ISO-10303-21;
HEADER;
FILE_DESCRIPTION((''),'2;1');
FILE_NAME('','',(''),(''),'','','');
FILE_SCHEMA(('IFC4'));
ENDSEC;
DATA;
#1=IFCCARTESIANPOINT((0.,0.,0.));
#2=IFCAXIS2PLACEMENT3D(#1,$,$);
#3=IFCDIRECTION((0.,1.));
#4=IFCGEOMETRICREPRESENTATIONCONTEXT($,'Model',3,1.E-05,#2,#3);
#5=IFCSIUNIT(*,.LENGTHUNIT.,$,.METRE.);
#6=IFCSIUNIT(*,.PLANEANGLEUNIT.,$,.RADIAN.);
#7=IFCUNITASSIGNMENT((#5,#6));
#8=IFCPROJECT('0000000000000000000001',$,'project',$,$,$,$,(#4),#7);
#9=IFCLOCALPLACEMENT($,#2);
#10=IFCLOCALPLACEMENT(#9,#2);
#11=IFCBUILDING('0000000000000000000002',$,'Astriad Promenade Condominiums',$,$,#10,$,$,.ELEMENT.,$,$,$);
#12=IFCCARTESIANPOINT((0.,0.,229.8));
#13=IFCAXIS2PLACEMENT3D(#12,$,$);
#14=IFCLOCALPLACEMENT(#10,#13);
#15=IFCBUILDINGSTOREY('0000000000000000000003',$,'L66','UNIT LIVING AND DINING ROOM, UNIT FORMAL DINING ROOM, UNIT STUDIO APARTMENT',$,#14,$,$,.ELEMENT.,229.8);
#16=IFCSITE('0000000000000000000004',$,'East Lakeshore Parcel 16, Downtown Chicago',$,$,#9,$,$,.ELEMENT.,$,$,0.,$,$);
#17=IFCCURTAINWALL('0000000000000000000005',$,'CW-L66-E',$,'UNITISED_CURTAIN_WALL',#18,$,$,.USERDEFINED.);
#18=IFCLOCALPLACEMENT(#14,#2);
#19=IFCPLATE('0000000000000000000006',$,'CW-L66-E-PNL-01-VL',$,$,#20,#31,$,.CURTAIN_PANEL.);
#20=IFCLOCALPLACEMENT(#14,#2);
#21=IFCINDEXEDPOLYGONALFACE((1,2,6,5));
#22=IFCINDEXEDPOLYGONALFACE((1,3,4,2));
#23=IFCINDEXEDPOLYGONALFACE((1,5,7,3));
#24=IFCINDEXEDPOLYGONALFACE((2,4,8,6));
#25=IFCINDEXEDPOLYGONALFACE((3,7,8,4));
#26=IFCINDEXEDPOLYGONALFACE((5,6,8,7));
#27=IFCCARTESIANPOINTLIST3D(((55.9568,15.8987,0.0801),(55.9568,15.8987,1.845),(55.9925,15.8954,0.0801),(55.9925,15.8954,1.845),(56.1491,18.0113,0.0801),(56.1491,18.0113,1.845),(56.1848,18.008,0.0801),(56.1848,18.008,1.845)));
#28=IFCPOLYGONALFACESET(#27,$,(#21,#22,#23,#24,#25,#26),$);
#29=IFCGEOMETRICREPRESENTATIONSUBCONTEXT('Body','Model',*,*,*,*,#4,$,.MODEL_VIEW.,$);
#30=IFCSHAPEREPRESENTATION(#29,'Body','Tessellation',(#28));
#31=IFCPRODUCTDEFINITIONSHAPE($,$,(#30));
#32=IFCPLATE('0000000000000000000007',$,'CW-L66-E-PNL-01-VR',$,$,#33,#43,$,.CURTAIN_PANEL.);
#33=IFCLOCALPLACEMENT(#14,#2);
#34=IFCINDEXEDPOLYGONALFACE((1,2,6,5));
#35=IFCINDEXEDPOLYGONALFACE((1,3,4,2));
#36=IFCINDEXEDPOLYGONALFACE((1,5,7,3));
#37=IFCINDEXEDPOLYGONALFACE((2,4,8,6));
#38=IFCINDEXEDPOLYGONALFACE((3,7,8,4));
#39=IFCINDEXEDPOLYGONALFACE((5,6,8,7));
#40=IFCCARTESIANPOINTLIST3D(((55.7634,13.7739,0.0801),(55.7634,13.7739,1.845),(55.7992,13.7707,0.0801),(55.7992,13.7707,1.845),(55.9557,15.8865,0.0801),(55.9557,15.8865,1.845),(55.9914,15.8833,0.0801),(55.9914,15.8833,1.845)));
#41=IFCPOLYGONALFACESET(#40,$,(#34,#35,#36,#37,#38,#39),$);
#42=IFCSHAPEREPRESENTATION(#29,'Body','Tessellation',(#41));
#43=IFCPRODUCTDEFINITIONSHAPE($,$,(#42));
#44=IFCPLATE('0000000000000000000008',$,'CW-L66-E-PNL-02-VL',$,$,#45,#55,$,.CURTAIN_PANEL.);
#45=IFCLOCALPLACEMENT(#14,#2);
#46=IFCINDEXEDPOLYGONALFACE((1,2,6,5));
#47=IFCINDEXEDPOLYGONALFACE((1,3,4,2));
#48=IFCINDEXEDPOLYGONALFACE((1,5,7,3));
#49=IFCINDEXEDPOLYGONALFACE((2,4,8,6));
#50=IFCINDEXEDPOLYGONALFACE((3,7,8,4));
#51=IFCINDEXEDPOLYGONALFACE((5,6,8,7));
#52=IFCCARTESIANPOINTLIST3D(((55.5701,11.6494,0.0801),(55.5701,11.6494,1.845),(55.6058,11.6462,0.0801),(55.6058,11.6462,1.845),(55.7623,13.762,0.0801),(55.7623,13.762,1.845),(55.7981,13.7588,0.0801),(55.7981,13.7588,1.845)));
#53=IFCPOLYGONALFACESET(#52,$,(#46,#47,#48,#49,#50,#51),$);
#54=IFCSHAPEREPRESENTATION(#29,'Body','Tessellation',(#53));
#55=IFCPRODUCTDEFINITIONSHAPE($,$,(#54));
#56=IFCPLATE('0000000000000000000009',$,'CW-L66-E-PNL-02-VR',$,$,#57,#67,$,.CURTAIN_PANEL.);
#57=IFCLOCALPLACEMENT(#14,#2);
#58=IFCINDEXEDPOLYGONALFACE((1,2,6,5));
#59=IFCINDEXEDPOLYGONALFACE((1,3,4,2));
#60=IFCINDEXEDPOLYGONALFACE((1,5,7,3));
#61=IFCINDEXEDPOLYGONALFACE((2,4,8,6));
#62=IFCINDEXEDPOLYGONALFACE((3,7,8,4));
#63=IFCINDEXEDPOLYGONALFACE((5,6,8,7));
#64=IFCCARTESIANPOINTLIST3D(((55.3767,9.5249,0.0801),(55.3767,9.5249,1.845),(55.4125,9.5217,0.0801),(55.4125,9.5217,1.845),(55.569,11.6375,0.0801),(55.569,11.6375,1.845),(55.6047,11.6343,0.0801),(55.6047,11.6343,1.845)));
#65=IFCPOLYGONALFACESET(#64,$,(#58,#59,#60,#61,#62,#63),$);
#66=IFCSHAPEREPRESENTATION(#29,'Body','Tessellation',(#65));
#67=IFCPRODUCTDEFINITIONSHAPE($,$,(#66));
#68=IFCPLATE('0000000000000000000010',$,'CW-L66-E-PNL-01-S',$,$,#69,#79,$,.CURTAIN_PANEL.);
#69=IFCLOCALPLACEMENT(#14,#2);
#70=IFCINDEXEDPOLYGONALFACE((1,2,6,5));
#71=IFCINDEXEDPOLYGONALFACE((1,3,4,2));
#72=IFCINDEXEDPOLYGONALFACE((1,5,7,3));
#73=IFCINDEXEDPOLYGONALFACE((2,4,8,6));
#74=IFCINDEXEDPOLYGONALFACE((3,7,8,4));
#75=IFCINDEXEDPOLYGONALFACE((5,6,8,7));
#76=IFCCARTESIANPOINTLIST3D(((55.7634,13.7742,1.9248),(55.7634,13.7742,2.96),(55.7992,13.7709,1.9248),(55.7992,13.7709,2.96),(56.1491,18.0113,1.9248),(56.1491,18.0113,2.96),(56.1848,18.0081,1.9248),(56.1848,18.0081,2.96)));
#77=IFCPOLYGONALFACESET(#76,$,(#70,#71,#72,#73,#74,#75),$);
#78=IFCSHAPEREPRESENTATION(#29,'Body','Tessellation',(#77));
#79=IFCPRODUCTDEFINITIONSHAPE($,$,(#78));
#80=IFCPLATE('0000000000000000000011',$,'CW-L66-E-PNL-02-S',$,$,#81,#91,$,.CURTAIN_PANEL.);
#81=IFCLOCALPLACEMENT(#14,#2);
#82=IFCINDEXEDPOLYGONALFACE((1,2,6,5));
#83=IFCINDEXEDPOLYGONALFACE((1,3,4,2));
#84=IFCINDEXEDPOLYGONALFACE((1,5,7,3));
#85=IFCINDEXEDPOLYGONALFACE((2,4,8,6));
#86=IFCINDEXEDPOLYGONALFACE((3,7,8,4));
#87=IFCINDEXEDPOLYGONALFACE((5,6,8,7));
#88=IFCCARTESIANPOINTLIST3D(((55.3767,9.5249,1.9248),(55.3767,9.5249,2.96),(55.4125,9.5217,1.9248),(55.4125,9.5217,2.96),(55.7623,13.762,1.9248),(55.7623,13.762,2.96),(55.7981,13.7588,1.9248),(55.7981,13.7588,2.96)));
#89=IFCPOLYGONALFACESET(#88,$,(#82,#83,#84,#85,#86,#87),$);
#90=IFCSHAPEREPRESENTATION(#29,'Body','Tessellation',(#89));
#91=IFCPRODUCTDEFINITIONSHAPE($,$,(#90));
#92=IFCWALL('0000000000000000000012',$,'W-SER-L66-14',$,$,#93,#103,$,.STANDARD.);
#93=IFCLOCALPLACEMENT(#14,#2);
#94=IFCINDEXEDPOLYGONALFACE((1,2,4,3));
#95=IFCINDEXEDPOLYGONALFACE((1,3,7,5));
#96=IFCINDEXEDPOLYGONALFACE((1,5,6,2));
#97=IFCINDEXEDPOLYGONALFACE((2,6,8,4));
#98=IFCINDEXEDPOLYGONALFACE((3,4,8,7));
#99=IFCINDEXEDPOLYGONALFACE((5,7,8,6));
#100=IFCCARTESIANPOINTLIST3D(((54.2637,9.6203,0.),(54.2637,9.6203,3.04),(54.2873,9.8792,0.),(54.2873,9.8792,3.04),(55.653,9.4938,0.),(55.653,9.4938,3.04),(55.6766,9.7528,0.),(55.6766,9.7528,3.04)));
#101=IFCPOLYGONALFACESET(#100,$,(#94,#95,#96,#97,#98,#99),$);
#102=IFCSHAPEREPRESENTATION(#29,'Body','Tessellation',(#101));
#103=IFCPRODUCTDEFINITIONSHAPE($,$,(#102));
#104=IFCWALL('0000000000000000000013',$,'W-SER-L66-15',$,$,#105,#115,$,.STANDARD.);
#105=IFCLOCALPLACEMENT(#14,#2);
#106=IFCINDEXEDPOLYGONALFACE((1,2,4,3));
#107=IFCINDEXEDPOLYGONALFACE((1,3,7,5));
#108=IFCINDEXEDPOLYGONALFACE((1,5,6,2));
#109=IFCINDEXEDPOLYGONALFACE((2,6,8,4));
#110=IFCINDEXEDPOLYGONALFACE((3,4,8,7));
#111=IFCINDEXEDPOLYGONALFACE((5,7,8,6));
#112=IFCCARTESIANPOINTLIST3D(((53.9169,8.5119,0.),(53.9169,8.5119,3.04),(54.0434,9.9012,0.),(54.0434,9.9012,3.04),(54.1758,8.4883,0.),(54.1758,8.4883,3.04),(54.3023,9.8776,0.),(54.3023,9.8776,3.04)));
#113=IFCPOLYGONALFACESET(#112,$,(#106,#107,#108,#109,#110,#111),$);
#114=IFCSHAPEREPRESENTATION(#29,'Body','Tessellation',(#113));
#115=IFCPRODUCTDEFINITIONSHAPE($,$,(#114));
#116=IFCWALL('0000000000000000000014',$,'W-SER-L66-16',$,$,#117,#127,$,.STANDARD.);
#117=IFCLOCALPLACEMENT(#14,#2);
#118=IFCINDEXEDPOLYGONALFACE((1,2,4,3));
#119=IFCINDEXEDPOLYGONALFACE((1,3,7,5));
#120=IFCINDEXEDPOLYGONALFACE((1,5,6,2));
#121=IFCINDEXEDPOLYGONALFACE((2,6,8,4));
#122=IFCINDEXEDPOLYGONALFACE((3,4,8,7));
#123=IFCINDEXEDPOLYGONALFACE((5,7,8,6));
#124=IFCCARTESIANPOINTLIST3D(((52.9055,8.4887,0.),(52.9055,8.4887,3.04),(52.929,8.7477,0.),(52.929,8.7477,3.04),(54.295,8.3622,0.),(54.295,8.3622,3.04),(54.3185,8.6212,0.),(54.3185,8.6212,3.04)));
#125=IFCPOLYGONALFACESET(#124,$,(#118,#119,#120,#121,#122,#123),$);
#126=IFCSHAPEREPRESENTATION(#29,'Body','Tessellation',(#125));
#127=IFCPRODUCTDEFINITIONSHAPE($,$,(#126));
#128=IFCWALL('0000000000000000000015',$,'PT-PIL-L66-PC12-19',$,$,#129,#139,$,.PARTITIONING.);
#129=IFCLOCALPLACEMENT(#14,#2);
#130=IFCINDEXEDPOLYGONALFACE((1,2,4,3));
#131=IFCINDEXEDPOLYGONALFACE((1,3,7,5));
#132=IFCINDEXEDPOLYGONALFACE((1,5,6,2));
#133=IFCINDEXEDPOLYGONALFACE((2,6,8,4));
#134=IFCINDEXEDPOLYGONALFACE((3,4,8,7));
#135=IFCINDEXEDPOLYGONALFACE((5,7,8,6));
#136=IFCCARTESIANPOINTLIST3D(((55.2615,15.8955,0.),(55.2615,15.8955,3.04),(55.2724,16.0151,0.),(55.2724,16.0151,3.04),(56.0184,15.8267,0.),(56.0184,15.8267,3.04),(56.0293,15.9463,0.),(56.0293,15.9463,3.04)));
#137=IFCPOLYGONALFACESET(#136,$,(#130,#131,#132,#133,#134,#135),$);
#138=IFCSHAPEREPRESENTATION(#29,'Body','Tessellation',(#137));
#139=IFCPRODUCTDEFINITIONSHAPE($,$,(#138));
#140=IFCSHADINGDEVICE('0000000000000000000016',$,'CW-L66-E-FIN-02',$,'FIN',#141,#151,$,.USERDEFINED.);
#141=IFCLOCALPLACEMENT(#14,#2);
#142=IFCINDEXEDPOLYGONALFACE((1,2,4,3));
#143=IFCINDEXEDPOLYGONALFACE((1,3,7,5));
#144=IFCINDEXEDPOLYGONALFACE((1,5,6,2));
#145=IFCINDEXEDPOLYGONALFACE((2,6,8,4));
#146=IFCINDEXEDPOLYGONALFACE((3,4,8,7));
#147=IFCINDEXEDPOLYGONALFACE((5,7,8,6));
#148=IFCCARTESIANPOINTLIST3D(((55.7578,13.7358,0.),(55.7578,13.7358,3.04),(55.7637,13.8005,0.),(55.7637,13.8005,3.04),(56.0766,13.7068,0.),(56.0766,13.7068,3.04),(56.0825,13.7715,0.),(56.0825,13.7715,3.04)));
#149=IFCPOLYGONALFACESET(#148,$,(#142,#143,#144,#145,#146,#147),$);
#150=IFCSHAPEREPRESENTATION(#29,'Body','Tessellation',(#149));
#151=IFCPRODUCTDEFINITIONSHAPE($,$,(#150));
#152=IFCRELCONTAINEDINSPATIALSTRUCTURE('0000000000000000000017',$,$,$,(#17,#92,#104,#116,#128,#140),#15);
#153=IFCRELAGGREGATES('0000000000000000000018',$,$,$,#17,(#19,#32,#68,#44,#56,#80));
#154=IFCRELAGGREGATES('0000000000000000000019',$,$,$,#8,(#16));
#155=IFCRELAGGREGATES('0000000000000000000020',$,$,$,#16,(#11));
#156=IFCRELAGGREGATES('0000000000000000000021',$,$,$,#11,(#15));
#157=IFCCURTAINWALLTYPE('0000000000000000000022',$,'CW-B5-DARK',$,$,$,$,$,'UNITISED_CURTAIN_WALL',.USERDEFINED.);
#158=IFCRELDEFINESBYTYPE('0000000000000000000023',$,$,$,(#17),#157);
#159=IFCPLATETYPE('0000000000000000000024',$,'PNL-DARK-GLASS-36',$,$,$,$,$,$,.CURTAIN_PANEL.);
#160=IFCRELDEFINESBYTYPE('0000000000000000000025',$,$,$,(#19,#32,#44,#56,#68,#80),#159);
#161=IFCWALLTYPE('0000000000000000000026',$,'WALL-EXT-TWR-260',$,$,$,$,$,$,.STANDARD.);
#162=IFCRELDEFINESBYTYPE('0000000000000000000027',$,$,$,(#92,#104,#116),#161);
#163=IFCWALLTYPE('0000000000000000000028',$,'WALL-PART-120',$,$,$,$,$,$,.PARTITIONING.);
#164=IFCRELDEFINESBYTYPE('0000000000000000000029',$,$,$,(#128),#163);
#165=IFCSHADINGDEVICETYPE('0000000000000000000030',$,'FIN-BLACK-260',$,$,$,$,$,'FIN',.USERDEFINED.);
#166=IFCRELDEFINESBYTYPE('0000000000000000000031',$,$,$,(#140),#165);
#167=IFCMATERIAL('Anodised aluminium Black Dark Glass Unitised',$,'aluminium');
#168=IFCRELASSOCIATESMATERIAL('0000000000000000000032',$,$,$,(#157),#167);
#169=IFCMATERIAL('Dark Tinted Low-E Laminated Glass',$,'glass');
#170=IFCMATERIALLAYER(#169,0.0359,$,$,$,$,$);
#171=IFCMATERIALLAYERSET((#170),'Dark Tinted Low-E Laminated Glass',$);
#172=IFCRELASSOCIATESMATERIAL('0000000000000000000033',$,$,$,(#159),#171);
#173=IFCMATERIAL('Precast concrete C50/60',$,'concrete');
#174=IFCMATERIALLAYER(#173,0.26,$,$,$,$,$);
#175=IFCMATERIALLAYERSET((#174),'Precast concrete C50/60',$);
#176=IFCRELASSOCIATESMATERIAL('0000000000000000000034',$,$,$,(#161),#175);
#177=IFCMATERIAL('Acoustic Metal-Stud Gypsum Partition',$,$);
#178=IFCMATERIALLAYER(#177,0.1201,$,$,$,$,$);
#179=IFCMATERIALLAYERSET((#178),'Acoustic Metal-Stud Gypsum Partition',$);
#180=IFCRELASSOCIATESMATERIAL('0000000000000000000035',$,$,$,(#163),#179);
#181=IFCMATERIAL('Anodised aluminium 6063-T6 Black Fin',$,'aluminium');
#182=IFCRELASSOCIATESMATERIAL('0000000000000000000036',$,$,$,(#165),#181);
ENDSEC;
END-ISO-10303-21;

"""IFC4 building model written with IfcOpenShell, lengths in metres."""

from ifc_helpers import new_model, si_unit, direction, frame, frame_2d, origin, origin_2d, place, context, subcontext, project, spatial, rectangle, extrude, source, transform, mapped, material, layer, layer_set, type_object, type_shapes, element, aggregate, save


model = new_model("IFC4")

# Units and contexts
model_context = context("Model", 3, precision=1e-05, world=origin(), true_north=direction((0.0, 1.0)))
body_context = subcontext(model_context, "Body", "Model", "MODEL_VIEW")
ifc_project = project(units=[si_unit("LENGTHUNIT", "METRE"), si_unit("PLANEANGLEUNIT", "RADIAN")], contexts=[model_context])

# Site, building, storey
site_placement = place(None, origin())
site = spatial("IfcSite", under=ifc_project, at=site_placement, Name="East Lakeshore Parcel 16, Downtown Chicago", CompositionType="ELEMENT", RefElevation=0.0)
building_placement = place(site_placement, origin())
building = spatial("IfcBuilding", under=site, at=building_placement, Name="Astriad Promenade Condominiums", CompositionType="ELEMENT")
storey_placement = place(building_placement, frame((0.0, 0.0, 229.8)))
storey = spatial("IfcBuildingStorey", under=building, at=storey_placement, Name="L66", Description="UNIT LIVING AND DINING ROOM, UNIT FORMAL DINING ROOM, UNIT STUDIO APARTMENT", CompositionType="ELEMENT", Elevation=229.8)

# Curtain wall, plates
ifc_material_1 = material(Name="Anodised aluminium Black Dark Glass Unitised", Category="aluminium")
curtain_wall_type = type_object("IfcCurtainWallType", Name="CW-B5-DARK", ElementType="UNITISED_CURTAIN_WALL", PredefinedType="USERDEFINED", material=ifc_material_1)
curtain_wall_placement = place(storey_placement, origin())
curtain_wall = element("IfcCurtainWall", 1, at=curtain_wall_placement, inside=storey, type_object=curtain_wall_type, Name="CW-L66-E", ObjectType="UNITISED_CURTAIN_WALL", PredefinedType="USERDEFINED")
ifc_material_2 = material(Name="Dark Tinted Low-E Laminated Glass", Category="glass")
ifc_layer_1 = layer(ifc_material_2, 0.0359)
ifc_layer_set_1 = layer_set([ifc_layer_1], Name="Dark Tinted Low-E Laminated Glass")
plate_type = type_object("IfcPlateType", Name="PNL-DARK-GLASS-36", PredefinedType="CURTAIN_PANEL", material=ifc_layer_set_1)
shared_shape_1 = source(origin(), body_context, "Body", "SweptSolid", [
    extrude(rectangle(XDim=2.1213, YDim=0.0359, at=origin_2d()), origin(), (0.0, 0.0, 1.0), 1.7649),
])
plate_1_placement = place(storey_placement, frame((56.0708, 16.9534, 0.0801), z_axis=(0.0, 0.0, 1.0), x_axis=(-0.090633, -0.995884, 0.0)))
plate_1 = element("IfcPlate", 2, at=plate_1_placement, type_object=plate_type, Name="CW-L66-E-PNL-01-VL", PredefinedType="CURTAIN_PANEL", context=body_context, shape_type="MappedRepresentation", body=[
    mapped(shared_shape_1, transform((0.0, 0.0, 0.0), scale=1.0)),
])
plate_2_placement = place(storey_placement, frame((55.8774, 14.8286, 0.0801), z_axis=(0.0, 0.0, 1.0), x_axis=(-0.090633, -0.995884, 0.0)))
plate_2 = element("IfcPlate", 3, at=plate_2_placement, type_object=plate_type, Name="CW-L66-E-PNL-01-VR", PredefinedType="CURTAIN_PANEL", context=body_context, shape_type="MappedRepresentation", body=[
    mapped(shared_shape_1, transform((0.0, 0.0, 0.0), scale=1.0)),
])
plate_3_placement = place(storey_placement, frame((55.6841, 12.7041, 0.0801), z_axis=(0.0, 0.0, 1.0), x_axis=(-0.090633, -0.995884, 0.0)))
plate_3 = element("IfcPlate", 4, at=plate_3_placement, type_object=plate_type, Name="CW-L66-E-PNL-02-VL", PredefinedType="CURTAIN_PANEL", context=body_context, shape_type="MappedRepresentation", body=[
    mapped(shared_shape_1, transform((0.0, 0.0, 0.0), scale=1.0)),
])
plate_4_placement = place(storey_placement, frame((55.4907, 10.5796, 0.0801), z_axis=(0.0, 0.0, 1.0), x_axis=(-0.090633, -0.995884, 0.0)))
plate_4 = element("IfcPlate", 5, at=plate_4_placement, type_object=plate_type, Name="CW-L66-E-PNL-02-VR", PredefinedType="CURTAIN_PANEL", context=body_context, shape_type="MappedRepresentation", body=[
    mapped(shared_shape_1, transform((0.0, 0.0, 0.0), scale=1.0)),
])
shared_shape_2 = source(origin(), body_context, "Body", "SweptSolid", [
    extrude(rectangle(XDim=4.2546, YDim=0.0359, at=origin_2d()), origin(), (0.0, 0.0, 1.0), 1.0352),
])
type_shapes(plate_type, [shared_shape_1, shared_shape_2])
plate_5_placement = place(storey_placement, frame((55.9741, 15.8911, 1.9248), z_axis=(0.0, 0.0, 1.0), x_axis=(-0.090633, -0.995884, 0.0)))
plate_5 = element("IfcPlate", 6, at=plate_5_placement, type_object=plate_type, Name="CW-L66-E-PNL-01-S", PredefinedType="CURTAIN_PANEL", context=body_context, shape_type="MappedRepresentation", body=[
    mapped(shared_shape_2, transform((0.0, 0.0, 0.0), scale=1.0)),
])
plate_6_placement = place(storey_placement, frame((55.5874, 11.6418, 1.9248), z_axis=(0.0, 0.0, 1.0), x_axis=(-0.090633, -0.995884, 0.0)))
plate_6 = element("IfcPlate", 7, at=plate_6_placement, type_object=plate_type, Name="CW-L66-E-PNL-02-S", PredefinedType="CURTAIN_PANEL", context=body_context, shape_type="MappedRepresentation", body=[
    mapped(shared_shape_2, transform((0.0, 0.0, 0.0), scale=1.0)),
])
aggregate(curtain_wall, [plate_1, plate_2, plate_5, plate_3, plate_4, plate_6])

# Walls
ifc_material_3 = material(Name="Precast concrete C50/60", Category="concrete")
ifc_layer_2 = layer(ifc_material_3, 0.26)
ifc_layer_set_2 = layer_set([ifc_layer_2], Name="Precast concrete C50/60")
wall_type_1 = type_object("IfcWallType", Name="WALL-EXT-TWR-260", PredefinedType="STANDARD", material=ifc_layer_set_2)
for number, where, z_axis, x_axis, name in (
    (8, (55.6648, 9.6233, 0.0), (0.0, 0.0, 1.0), (-0.995882, 0.090662, 0.0), "W-SER-L66-14"),
    (9, (54.1729, 9.8894, 0.0), (0.0, 0.0, 1.0), (-0.090662, -0.995882, 0.0), "W-SER-L66-15"),
):
    element("IfcWall", number, at=place(storey_placement, frame(where, z_axis=z_axis, x_axis=x_axis)), inside=storey, type_object=wall_type_1, Name=name, PredefinedType="STANDARD", context=body_context, shape_type="SweptSolid", body=[
        extrude(rectangle(XDim=1.395, YDim=0.26, at=frame_2d((0.6975, 0.0))), origin(), (0.0, 0.0, 1.0), 3.04),
    ])
wall_1_placement = place(storey_placement, frame((54.3069, 8.4917, 0.0), z_axis=(0.0, 0.0, 1.0), x_axis=(-0.995883, 0.090646, 0.0)))
element("IfcWall", 10, at=wall_1_placement, inside=storey, type_object=wall_type_1, Name="W-SER-L66-16", PredefinedType="STANDARD", context=body_context, shape_type="SweptSolid", body=[
    extrude(rectangle(XDim=1.3953, YDim=0.26, at=frame_2d((0.6978, 0.0))), origin(), (0.0, 0.0, 1.0), 3.04),
])
ifc_material_4 = material(Name="Acoustic Metal-Stud Gypsum Partition")
ifc_layer_3 = layer(ifc_material_4, 0.1201)
ifc_layer_set_3 = layer_set([ifc_layer_3], Name="Acoustic Metal-Stud Gypsum Partition")
wall_type_2 = type_object("IfcWallType", Name="WALL-PART-120", PredefinedType="PARTITIONING", material=ifc_layer_set_3)
wall_2_placement = place(storey_placement, frame((55.2671, 15.9553, 0.0), z_axis=(0.0, 0.0, 1.0), x_axis=(0.995888, -0.090594, 0.0)))
element("IfcWall", 11, at=wall_2_placement, inside=storey, type_object=wall_type_2, Name="PT-PIL-L66-PC12-19", PredefinedType="PARTITIONING", context=body_context, shape_type="SweptSolid", body=[
    extrude(rectangle(XDim=0.76, YDim=0.1201, at=frame_2d((0.3799, 0.0))), origin(), (0.0, 0.0, 1.0), 3.04),
])

# Shading device
ifc_material_5 = material(Name="Anodised aluminium 6063-T6 Black Fin", Category="aluminium")
shading_device_type = type_object("IfcShadingDeviceType", Name="FIN-BLACK-260", ElementType="FIN", PredefinedType="USERDEFINED", material=ifc_material_5)
shared_shape_3 = source(origin(), body_context, "Body", "SweptSolid", [
    extrude(rectangle(XDim=0.0649, YDim=0.3201, at=origin_2d()), origin(), (0.0, 0.0, 1.0), 3.04),
])
type_shapes(shading_device_type, [shared_shape_3])
shading_device_placement = place(storey_placement, frame((55.9202, 13.7537, 0.0), z_axis=(0.0, 0.0, 1.0), x_axis=(-0.090633, -0.995884, 0.0)))
element("IfcShadingDevice", 12, at=shading_device_placement, inside=storey, type_object=shading_device_type, Name="CW-L66-E-FIN-02", ObjectType="FIN", PredefinedType="USERDEFINED", context=body_context, shape_type="MappedRepresentation", body=[
    mapped(shared_shape_3, transform((0.0, 0.0, 0.0), scale=1.0)),
])

save(model, "model.ifc")
